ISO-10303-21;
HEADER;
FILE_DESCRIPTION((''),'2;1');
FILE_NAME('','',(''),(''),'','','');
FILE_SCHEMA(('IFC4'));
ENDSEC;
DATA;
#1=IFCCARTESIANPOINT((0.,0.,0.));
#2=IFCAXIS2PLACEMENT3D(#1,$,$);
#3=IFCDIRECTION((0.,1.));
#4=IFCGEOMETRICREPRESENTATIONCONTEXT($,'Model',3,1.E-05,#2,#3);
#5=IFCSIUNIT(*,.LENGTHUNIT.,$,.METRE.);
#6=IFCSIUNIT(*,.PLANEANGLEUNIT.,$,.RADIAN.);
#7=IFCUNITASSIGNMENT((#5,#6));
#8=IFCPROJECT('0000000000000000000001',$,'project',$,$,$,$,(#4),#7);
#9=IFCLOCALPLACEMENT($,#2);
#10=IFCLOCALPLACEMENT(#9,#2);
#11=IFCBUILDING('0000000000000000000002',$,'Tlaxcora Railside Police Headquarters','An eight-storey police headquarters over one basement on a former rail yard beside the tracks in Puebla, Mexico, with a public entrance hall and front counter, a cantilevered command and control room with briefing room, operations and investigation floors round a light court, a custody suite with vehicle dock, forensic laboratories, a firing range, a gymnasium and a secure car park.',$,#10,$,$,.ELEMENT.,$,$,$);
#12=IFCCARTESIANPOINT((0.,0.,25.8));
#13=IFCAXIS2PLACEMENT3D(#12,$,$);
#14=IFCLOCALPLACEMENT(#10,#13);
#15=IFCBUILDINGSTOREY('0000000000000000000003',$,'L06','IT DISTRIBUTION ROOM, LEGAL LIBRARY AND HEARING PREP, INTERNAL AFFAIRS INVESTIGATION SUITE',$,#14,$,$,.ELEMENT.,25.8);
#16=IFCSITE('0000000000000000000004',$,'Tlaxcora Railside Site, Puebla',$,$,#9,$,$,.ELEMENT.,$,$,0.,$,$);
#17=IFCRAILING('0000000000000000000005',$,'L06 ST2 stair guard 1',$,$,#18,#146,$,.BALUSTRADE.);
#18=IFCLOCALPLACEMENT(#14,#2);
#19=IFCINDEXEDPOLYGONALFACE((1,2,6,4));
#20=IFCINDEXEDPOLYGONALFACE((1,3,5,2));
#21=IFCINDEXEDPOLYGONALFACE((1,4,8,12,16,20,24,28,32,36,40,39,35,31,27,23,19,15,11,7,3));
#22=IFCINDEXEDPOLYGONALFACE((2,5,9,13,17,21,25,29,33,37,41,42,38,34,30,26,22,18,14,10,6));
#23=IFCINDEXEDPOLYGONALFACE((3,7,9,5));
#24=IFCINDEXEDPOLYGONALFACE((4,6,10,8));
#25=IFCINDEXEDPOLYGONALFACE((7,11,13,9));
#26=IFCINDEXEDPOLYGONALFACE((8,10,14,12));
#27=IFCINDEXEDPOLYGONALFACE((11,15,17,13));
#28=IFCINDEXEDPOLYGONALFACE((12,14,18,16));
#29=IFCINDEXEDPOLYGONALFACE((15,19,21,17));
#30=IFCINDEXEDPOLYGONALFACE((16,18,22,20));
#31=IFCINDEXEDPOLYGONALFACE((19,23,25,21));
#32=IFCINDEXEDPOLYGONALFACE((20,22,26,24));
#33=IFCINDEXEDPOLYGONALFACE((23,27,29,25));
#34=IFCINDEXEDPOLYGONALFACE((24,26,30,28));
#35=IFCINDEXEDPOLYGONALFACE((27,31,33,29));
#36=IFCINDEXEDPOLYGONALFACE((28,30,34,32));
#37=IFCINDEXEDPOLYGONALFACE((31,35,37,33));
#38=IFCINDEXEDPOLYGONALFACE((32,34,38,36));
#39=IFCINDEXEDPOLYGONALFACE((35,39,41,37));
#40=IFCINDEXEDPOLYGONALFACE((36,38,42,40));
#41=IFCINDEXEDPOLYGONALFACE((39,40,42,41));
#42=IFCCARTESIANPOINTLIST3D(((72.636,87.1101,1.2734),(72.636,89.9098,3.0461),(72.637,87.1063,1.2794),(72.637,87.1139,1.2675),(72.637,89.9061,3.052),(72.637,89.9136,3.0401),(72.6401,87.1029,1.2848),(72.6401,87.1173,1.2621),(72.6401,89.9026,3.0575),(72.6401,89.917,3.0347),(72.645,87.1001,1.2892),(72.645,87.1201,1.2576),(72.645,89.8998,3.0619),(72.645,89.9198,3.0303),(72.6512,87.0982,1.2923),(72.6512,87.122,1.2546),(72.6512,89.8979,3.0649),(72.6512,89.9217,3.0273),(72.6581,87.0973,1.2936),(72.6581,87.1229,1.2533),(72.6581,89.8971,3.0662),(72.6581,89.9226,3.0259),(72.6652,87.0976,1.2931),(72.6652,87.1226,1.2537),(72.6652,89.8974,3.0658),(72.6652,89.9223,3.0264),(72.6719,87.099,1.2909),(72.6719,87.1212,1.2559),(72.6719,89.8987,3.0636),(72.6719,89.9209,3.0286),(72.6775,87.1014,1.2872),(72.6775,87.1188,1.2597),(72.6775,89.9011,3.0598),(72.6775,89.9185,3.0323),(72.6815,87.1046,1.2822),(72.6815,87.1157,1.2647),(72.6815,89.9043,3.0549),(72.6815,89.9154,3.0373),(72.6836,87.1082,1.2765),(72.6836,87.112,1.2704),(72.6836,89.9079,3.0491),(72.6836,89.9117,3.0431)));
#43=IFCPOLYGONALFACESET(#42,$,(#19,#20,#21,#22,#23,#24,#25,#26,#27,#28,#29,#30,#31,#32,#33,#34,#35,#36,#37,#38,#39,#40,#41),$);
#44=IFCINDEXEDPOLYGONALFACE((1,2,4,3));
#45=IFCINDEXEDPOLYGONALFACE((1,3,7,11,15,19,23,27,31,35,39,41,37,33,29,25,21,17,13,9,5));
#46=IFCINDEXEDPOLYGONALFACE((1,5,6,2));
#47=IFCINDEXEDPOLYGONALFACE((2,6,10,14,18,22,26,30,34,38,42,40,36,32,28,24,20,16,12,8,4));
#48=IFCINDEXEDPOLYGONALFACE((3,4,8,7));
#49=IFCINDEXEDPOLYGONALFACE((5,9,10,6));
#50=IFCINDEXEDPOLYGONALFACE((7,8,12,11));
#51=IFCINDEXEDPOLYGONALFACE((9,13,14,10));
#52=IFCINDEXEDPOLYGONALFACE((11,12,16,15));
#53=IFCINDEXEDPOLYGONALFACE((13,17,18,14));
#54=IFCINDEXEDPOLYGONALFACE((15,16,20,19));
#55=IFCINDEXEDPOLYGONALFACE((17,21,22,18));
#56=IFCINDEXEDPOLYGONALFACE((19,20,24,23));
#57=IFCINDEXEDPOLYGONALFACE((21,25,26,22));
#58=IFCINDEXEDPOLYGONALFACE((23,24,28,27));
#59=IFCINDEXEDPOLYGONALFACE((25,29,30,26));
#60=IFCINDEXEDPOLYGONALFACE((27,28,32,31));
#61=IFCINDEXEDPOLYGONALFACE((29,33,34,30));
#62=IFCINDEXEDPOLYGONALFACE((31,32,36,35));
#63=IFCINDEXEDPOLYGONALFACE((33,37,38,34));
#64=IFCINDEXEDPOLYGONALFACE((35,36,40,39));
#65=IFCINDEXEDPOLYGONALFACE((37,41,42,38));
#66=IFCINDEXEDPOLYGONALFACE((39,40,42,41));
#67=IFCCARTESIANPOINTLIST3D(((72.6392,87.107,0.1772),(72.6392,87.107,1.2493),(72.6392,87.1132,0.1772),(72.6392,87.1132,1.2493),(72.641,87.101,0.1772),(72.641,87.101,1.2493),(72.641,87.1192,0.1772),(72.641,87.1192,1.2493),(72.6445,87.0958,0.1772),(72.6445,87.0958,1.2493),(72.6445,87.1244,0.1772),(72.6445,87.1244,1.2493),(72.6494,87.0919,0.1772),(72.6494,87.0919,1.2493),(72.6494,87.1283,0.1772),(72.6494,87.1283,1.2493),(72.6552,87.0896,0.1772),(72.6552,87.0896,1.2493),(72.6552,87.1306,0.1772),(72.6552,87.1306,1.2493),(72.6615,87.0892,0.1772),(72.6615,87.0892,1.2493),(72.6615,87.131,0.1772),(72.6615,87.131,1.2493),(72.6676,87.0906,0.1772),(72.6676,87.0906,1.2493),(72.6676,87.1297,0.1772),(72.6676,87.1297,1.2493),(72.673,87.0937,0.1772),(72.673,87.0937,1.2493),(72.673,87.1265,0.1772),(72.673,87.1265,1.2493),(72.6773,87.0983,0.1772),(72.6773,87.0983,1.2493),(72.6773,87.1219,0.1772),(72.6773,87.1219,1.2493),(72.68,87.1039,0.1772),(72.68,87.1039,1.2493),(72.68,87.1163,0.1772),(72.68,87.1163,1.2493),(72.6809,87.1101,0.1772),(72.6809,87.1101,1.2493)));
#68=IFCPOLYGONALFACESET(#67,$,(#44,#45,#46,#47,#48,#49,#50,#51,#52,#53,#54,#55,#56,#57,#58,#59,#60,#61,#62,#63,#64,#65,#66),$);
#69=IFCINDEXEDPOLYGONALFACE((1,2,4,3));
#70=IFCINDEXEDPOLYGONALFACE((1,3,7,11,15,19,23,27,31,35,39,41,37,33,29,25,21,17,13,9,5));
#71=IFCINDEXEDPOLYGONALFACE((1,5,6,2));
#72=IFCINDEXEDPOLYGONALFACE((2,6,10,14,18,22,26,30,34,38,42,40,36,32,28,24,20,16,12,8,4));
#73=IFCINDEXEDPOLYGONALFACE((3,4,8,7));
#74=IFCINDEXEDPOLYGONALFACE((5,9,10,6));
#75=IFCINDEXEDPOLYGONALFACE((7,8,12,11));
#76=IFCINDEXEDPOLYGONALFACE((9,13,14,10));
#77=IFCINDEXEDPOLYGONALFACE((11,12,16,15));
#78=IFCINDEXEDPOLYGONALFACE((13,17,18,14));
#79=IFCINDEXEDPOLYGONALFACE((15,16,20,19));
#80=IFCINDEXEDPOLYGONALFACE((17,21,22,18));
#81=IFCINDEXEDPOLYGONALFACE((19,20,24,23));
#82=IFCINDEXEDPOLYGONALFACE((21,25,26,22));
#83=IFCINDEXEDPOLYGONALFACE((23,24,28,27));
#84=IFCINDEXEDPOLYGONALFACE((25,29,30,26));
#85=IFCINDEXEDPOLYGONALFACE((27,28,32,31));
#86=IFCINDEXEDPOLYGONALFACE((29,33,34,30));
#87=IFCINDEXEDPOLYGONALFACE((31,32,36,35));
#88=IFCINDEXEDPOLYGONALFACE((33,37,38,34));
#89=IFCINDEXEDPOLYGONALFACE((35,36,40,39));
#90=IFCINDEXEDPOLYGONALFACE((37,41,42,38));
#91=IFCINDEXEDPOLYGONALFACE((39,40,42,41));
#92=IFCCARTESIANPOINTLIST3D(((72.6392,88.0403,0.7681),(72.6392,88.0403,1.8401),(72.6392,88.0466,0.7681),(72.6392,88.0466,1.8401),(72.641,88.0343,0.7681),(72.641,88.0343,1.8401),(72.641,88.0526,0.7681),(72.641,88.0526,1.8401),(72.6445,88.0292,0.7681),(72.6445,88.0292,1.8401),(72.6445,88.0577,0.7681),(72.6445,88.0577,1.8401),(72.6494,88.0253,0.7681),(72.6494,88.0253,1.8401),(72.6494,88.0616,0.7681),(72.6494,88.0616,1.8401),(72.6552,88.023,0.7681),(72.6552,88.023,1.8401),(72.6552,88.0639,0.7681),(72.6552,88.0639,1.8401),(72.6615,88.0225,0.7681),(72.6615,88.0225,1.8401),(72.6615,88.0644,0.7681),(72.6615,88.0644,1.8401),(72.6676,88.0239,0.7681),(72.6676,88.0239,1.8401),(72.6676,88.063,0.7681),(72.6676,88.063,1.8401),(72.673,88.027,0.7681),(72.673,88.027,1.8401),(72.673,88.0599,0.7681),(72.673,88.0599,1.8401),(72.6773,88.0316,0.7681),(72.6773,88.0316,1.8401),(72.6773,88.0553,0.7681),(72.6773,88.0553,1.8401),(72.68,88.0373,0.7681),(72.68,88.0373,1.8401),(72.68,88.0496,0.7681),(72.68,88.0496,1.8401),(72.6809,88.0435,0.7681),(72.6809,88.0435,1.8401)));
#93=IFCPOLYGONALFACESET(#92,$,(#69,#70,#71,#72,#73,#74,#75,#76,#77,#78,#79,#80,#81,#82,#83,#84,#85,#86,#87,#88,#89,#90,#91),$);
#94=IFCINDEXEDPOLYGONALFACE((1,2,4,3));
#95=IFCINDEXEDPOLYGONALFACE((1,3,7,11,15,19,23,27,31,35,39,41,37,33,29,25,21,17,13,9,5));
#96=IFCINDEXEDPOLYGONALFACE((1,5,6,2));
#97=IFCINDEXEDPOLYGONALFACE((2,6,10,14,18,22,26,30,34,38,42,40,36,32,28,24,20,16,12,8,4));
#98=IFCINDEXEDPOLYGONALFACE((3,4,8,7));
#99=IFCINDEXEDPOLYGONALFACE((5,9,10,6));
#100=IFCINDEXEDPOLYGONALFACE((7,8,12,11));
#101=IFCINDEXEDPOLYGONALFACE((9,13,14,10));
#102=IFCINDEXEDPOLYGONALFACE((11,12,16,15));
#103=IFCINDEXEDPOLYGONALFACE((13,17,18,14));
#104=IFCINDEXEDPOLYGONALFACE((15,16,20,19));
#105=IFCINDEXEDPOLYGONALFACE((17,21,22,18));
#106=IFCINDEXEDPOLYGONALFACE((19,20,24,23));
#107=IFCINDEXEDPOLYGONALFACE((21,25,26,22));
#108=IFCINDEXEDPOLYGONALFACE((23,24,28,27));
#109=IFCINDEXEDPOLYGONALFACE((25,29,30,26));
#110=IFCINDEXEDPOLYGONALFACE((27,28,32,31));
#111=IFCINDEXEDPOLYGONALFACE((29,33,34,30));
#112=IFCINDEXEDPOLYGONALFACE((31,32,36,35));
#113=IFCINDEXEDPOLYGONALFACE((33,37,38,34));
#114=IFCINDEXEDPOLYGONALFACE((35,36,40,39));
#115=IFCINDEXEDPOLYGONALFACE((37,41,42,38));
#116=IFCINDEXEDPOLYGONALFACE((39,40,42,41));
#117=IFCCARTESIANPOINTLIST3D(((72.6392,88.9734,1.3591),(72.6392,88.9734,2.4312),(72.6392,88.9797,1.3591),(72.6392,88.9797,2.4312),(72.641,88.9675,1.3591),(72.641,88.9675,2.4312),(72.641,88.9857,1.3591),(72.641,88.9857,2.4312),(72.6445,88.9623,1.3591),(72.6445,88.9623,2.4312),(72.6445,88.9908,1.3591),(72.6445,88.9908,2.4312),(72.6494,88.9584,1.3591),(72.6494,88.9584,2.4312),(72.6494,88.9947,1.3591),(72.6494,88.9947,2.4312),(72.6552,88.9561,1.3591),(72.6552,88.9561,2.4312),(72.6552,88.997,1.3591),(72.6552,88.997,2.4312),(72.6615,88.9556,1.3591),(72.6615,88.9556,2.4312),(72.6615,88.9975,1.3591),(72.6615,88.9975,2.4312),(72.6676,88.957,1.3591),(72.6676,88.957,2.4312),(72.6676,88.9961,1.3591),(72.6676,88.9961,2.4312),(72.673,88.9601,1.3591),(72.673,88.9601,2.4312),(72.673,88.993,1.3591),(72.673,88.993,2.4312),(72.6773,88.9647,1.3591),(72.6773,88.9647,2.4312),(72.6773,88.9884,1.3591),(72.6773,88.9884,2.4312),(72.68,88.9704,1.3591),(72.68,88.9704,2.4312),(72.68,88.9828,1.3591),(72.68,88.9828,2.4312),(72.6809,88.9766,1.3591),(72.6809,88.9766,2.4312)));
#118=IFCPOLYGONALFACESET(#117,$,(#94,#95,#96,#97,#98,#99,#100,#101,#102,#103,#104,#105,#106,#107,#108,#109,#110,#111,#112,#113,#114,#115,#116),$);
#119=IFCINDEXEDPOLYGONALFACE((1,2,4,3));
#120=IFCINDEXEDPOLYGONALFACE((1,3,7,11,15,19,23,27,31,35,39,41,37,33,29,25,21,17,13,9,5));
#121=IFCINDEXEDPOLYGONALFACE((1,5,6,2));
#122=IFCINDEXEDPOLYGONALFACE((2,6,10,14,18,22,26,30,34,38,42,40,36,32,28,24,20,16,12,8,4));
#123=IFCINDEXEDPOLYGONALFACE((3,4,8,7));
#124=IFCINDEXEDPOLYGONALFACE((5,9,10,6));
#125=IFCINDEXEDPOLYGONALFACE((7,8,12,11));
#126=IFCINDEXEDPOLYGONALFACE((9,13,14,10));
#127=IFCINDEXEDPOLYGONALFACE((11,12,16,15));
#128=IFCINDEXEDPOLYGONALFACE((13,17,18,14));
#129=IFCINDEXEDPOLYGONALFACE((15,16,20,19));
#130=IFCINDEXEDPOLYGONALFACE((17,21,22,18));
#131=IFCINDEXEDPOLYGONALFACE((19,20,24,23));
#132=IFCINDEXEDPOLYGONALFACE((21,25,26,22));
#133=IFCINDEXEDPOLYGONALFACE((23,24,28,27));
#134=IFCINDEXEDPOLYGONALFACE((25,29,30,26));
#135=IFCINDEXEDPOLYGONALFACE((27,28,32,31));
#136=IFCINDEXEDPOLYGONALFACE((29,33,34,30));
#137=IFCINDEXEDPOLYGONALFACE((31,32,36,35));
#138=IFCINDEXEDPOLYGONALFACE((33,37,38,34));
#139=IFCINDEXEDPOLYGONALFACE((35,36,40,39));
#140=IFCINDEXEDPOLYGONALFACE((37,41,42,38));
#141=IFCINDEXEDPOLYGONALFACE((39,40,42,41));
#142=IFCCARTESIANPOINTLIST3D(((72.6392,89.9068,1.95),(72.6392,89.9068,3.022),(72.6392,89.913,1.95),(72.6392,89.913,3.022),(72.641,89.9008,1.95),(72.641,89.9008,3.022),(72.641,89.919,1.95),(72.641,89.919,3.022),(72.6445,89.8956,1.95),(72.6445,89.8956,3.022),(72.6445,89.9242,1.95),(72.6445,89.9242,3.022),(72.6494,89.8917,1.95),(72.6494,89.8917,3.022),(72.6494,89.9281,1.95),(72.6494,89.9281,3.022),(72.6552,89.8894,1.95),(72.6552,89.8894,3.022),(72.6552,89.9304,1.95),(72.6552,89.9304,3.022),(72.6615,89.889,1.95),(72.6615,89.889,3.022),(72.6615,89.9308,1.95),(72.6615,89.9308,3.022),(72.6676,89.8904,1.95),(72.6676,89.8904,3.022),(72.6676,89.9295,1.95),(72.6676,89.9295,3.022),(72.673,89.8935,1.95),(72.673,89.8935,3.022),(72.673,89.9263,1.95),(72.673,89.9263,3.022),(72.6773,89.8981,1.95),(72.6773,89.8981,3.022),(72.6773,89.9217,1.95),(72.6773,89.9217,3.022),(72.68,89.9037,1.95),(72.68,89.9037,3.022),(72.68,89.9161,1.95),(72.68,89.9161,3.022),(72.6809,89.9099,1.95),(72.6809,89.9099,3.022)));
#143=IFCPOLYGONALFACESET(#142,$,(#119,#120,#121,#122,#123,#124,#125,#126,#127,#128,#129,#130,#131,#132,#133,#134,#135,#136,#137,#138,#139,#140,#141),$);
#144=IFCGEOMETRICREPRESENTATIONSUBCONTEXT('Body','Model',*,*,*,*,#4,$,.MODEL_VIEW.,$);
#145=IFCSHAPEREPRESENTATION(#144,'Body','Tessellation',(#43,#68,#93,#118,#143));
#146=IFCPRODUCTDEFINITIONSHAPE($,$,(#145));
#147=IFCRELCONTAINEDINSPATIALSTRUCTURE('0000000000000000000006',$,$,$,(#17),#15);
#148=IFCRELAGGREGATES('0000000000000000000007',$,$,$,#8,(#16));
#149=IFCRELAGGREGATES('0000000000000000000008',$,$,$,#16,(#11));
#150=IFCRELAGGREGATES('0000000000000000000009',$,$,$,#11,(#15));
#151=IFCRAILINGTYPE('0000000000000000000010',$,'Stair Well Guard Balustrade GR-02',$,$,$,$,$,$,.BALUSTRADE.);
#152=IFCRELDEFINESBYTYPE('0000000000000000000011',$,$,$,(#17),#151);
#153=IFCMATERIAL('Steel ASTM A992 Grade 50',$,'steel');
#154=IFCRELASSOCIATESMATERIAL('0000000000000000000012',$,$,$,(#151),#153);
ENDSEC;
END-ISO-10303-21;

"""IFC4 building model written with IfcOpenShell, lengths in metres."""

from ifc_helpers import new_model, si_unit, direction, frame, origin, origin_2d, place, context, subcontext, project, spatial, circle, extrude, material, type_object, element, save


model = new_model("IFC4")

# Units and contexts
model_context = context("Model", 3, precision=1e-05, world=origin(), true_north=direction((0.0, 1.0)))
body_context = subcontext(model_context, "Body", "Model", "MODEL_VIEW")
ifc_project = project(units=[si_unit("LENGTHUNIT", "METRE"), si_unit("PLANEANGLEUNIT", "RADIAN")], contexts=[model_context])

# Site, building, storey
site_placement = place(None, origin())
site = spatial("IfcSite", under=ifc_project, at=site_placement, Name="Tlaxcora Railside Site, Puebla", CompositionType="ELEMENT", RefElevation=0.0)
building_placement = place(site_placement, origin())
building = spatial("IfcBuilding", under=site, at=building_placement, Name="Tlaxcora Railside Police Headquarters", Description="An eight-storey police headquarters over one basement on a former rail yard beside the tracks in Puebla, Mexico, with a public entrance hall and front counter, a cantilevered command and control room with briefing room, operations and investigation floors round a light court, a custody suite with vehicle dock, forensic laboratories, a firing range, a gymnasium and a secure car park.", CompositionType="ELEMENT")
storey_placement = place(building_placement, frame((0.0, 0.0, 25.8)))
storey = spatial("IfcBuildingStorey", under=building, at=storey_placement, Name="L06", Description="IT DISTRIBUTION ROOM, LEGAL LIBRARY AND HEARING PREP, INTERNAL AFFAIRS INVESTIGATION SUITE", CompositionType="ELEMENT", Elevation=25.8)

# Shared definitions
ifc_material_1 = material(Name="Steel ASTM A992 Grade 50", Category="steel")

# Railing
railing_type_1 = type_object("IfcRailingType", Name="Stair Well Guard Balustrade GR-02", PredefinedType="BALUSTRADE", material=ifc_material_1)
railing_1_placement = place(storey_placement, frame((72.6599, 87.1101, 0.1772)))
element("IfcRailing", 1, at=railing_1_placement, inside=storey, type_object=railing_type_1, Name="L06 ST2 stair guard 1", PredefinedType="BALUSTRADE", context=body_context, shape_type="SweptSolid", body=[
    extrude(circle(Radius=0.0239, at=origin_2d()), frame((0.0, 0.0, 1.0962), z_axis=(0.0, 0.844888, 0.534943), x_axis=(-1.0, 0.0, 0.0)), (0.0, 0.0, 1.0), 3.3137),
    extrude(circle(Radius=0.021, at=origin_2d()), origin(), (0.0, 0.0, 1.0), 1.072),
    extrude(circle(Radius=0.021, at=origin_2d()), frame((0.0, 0.9333, 0.5908)), (0.0, 0.0, 1.0), 1.072),
    extrude(circle(Radius=0.021, at=origin_2d()), frame((0.0, 1.8665, 1.1819)), (0.0, 0.0, 1.0), 1.072),
    extrude(circle(Radius=0.021, at=origin_2d()), frame((0.0, 2.7998, 1.7727)), (0.0, 0.0, 1.0), 1.072),
])

save(model, "model.ifc")
